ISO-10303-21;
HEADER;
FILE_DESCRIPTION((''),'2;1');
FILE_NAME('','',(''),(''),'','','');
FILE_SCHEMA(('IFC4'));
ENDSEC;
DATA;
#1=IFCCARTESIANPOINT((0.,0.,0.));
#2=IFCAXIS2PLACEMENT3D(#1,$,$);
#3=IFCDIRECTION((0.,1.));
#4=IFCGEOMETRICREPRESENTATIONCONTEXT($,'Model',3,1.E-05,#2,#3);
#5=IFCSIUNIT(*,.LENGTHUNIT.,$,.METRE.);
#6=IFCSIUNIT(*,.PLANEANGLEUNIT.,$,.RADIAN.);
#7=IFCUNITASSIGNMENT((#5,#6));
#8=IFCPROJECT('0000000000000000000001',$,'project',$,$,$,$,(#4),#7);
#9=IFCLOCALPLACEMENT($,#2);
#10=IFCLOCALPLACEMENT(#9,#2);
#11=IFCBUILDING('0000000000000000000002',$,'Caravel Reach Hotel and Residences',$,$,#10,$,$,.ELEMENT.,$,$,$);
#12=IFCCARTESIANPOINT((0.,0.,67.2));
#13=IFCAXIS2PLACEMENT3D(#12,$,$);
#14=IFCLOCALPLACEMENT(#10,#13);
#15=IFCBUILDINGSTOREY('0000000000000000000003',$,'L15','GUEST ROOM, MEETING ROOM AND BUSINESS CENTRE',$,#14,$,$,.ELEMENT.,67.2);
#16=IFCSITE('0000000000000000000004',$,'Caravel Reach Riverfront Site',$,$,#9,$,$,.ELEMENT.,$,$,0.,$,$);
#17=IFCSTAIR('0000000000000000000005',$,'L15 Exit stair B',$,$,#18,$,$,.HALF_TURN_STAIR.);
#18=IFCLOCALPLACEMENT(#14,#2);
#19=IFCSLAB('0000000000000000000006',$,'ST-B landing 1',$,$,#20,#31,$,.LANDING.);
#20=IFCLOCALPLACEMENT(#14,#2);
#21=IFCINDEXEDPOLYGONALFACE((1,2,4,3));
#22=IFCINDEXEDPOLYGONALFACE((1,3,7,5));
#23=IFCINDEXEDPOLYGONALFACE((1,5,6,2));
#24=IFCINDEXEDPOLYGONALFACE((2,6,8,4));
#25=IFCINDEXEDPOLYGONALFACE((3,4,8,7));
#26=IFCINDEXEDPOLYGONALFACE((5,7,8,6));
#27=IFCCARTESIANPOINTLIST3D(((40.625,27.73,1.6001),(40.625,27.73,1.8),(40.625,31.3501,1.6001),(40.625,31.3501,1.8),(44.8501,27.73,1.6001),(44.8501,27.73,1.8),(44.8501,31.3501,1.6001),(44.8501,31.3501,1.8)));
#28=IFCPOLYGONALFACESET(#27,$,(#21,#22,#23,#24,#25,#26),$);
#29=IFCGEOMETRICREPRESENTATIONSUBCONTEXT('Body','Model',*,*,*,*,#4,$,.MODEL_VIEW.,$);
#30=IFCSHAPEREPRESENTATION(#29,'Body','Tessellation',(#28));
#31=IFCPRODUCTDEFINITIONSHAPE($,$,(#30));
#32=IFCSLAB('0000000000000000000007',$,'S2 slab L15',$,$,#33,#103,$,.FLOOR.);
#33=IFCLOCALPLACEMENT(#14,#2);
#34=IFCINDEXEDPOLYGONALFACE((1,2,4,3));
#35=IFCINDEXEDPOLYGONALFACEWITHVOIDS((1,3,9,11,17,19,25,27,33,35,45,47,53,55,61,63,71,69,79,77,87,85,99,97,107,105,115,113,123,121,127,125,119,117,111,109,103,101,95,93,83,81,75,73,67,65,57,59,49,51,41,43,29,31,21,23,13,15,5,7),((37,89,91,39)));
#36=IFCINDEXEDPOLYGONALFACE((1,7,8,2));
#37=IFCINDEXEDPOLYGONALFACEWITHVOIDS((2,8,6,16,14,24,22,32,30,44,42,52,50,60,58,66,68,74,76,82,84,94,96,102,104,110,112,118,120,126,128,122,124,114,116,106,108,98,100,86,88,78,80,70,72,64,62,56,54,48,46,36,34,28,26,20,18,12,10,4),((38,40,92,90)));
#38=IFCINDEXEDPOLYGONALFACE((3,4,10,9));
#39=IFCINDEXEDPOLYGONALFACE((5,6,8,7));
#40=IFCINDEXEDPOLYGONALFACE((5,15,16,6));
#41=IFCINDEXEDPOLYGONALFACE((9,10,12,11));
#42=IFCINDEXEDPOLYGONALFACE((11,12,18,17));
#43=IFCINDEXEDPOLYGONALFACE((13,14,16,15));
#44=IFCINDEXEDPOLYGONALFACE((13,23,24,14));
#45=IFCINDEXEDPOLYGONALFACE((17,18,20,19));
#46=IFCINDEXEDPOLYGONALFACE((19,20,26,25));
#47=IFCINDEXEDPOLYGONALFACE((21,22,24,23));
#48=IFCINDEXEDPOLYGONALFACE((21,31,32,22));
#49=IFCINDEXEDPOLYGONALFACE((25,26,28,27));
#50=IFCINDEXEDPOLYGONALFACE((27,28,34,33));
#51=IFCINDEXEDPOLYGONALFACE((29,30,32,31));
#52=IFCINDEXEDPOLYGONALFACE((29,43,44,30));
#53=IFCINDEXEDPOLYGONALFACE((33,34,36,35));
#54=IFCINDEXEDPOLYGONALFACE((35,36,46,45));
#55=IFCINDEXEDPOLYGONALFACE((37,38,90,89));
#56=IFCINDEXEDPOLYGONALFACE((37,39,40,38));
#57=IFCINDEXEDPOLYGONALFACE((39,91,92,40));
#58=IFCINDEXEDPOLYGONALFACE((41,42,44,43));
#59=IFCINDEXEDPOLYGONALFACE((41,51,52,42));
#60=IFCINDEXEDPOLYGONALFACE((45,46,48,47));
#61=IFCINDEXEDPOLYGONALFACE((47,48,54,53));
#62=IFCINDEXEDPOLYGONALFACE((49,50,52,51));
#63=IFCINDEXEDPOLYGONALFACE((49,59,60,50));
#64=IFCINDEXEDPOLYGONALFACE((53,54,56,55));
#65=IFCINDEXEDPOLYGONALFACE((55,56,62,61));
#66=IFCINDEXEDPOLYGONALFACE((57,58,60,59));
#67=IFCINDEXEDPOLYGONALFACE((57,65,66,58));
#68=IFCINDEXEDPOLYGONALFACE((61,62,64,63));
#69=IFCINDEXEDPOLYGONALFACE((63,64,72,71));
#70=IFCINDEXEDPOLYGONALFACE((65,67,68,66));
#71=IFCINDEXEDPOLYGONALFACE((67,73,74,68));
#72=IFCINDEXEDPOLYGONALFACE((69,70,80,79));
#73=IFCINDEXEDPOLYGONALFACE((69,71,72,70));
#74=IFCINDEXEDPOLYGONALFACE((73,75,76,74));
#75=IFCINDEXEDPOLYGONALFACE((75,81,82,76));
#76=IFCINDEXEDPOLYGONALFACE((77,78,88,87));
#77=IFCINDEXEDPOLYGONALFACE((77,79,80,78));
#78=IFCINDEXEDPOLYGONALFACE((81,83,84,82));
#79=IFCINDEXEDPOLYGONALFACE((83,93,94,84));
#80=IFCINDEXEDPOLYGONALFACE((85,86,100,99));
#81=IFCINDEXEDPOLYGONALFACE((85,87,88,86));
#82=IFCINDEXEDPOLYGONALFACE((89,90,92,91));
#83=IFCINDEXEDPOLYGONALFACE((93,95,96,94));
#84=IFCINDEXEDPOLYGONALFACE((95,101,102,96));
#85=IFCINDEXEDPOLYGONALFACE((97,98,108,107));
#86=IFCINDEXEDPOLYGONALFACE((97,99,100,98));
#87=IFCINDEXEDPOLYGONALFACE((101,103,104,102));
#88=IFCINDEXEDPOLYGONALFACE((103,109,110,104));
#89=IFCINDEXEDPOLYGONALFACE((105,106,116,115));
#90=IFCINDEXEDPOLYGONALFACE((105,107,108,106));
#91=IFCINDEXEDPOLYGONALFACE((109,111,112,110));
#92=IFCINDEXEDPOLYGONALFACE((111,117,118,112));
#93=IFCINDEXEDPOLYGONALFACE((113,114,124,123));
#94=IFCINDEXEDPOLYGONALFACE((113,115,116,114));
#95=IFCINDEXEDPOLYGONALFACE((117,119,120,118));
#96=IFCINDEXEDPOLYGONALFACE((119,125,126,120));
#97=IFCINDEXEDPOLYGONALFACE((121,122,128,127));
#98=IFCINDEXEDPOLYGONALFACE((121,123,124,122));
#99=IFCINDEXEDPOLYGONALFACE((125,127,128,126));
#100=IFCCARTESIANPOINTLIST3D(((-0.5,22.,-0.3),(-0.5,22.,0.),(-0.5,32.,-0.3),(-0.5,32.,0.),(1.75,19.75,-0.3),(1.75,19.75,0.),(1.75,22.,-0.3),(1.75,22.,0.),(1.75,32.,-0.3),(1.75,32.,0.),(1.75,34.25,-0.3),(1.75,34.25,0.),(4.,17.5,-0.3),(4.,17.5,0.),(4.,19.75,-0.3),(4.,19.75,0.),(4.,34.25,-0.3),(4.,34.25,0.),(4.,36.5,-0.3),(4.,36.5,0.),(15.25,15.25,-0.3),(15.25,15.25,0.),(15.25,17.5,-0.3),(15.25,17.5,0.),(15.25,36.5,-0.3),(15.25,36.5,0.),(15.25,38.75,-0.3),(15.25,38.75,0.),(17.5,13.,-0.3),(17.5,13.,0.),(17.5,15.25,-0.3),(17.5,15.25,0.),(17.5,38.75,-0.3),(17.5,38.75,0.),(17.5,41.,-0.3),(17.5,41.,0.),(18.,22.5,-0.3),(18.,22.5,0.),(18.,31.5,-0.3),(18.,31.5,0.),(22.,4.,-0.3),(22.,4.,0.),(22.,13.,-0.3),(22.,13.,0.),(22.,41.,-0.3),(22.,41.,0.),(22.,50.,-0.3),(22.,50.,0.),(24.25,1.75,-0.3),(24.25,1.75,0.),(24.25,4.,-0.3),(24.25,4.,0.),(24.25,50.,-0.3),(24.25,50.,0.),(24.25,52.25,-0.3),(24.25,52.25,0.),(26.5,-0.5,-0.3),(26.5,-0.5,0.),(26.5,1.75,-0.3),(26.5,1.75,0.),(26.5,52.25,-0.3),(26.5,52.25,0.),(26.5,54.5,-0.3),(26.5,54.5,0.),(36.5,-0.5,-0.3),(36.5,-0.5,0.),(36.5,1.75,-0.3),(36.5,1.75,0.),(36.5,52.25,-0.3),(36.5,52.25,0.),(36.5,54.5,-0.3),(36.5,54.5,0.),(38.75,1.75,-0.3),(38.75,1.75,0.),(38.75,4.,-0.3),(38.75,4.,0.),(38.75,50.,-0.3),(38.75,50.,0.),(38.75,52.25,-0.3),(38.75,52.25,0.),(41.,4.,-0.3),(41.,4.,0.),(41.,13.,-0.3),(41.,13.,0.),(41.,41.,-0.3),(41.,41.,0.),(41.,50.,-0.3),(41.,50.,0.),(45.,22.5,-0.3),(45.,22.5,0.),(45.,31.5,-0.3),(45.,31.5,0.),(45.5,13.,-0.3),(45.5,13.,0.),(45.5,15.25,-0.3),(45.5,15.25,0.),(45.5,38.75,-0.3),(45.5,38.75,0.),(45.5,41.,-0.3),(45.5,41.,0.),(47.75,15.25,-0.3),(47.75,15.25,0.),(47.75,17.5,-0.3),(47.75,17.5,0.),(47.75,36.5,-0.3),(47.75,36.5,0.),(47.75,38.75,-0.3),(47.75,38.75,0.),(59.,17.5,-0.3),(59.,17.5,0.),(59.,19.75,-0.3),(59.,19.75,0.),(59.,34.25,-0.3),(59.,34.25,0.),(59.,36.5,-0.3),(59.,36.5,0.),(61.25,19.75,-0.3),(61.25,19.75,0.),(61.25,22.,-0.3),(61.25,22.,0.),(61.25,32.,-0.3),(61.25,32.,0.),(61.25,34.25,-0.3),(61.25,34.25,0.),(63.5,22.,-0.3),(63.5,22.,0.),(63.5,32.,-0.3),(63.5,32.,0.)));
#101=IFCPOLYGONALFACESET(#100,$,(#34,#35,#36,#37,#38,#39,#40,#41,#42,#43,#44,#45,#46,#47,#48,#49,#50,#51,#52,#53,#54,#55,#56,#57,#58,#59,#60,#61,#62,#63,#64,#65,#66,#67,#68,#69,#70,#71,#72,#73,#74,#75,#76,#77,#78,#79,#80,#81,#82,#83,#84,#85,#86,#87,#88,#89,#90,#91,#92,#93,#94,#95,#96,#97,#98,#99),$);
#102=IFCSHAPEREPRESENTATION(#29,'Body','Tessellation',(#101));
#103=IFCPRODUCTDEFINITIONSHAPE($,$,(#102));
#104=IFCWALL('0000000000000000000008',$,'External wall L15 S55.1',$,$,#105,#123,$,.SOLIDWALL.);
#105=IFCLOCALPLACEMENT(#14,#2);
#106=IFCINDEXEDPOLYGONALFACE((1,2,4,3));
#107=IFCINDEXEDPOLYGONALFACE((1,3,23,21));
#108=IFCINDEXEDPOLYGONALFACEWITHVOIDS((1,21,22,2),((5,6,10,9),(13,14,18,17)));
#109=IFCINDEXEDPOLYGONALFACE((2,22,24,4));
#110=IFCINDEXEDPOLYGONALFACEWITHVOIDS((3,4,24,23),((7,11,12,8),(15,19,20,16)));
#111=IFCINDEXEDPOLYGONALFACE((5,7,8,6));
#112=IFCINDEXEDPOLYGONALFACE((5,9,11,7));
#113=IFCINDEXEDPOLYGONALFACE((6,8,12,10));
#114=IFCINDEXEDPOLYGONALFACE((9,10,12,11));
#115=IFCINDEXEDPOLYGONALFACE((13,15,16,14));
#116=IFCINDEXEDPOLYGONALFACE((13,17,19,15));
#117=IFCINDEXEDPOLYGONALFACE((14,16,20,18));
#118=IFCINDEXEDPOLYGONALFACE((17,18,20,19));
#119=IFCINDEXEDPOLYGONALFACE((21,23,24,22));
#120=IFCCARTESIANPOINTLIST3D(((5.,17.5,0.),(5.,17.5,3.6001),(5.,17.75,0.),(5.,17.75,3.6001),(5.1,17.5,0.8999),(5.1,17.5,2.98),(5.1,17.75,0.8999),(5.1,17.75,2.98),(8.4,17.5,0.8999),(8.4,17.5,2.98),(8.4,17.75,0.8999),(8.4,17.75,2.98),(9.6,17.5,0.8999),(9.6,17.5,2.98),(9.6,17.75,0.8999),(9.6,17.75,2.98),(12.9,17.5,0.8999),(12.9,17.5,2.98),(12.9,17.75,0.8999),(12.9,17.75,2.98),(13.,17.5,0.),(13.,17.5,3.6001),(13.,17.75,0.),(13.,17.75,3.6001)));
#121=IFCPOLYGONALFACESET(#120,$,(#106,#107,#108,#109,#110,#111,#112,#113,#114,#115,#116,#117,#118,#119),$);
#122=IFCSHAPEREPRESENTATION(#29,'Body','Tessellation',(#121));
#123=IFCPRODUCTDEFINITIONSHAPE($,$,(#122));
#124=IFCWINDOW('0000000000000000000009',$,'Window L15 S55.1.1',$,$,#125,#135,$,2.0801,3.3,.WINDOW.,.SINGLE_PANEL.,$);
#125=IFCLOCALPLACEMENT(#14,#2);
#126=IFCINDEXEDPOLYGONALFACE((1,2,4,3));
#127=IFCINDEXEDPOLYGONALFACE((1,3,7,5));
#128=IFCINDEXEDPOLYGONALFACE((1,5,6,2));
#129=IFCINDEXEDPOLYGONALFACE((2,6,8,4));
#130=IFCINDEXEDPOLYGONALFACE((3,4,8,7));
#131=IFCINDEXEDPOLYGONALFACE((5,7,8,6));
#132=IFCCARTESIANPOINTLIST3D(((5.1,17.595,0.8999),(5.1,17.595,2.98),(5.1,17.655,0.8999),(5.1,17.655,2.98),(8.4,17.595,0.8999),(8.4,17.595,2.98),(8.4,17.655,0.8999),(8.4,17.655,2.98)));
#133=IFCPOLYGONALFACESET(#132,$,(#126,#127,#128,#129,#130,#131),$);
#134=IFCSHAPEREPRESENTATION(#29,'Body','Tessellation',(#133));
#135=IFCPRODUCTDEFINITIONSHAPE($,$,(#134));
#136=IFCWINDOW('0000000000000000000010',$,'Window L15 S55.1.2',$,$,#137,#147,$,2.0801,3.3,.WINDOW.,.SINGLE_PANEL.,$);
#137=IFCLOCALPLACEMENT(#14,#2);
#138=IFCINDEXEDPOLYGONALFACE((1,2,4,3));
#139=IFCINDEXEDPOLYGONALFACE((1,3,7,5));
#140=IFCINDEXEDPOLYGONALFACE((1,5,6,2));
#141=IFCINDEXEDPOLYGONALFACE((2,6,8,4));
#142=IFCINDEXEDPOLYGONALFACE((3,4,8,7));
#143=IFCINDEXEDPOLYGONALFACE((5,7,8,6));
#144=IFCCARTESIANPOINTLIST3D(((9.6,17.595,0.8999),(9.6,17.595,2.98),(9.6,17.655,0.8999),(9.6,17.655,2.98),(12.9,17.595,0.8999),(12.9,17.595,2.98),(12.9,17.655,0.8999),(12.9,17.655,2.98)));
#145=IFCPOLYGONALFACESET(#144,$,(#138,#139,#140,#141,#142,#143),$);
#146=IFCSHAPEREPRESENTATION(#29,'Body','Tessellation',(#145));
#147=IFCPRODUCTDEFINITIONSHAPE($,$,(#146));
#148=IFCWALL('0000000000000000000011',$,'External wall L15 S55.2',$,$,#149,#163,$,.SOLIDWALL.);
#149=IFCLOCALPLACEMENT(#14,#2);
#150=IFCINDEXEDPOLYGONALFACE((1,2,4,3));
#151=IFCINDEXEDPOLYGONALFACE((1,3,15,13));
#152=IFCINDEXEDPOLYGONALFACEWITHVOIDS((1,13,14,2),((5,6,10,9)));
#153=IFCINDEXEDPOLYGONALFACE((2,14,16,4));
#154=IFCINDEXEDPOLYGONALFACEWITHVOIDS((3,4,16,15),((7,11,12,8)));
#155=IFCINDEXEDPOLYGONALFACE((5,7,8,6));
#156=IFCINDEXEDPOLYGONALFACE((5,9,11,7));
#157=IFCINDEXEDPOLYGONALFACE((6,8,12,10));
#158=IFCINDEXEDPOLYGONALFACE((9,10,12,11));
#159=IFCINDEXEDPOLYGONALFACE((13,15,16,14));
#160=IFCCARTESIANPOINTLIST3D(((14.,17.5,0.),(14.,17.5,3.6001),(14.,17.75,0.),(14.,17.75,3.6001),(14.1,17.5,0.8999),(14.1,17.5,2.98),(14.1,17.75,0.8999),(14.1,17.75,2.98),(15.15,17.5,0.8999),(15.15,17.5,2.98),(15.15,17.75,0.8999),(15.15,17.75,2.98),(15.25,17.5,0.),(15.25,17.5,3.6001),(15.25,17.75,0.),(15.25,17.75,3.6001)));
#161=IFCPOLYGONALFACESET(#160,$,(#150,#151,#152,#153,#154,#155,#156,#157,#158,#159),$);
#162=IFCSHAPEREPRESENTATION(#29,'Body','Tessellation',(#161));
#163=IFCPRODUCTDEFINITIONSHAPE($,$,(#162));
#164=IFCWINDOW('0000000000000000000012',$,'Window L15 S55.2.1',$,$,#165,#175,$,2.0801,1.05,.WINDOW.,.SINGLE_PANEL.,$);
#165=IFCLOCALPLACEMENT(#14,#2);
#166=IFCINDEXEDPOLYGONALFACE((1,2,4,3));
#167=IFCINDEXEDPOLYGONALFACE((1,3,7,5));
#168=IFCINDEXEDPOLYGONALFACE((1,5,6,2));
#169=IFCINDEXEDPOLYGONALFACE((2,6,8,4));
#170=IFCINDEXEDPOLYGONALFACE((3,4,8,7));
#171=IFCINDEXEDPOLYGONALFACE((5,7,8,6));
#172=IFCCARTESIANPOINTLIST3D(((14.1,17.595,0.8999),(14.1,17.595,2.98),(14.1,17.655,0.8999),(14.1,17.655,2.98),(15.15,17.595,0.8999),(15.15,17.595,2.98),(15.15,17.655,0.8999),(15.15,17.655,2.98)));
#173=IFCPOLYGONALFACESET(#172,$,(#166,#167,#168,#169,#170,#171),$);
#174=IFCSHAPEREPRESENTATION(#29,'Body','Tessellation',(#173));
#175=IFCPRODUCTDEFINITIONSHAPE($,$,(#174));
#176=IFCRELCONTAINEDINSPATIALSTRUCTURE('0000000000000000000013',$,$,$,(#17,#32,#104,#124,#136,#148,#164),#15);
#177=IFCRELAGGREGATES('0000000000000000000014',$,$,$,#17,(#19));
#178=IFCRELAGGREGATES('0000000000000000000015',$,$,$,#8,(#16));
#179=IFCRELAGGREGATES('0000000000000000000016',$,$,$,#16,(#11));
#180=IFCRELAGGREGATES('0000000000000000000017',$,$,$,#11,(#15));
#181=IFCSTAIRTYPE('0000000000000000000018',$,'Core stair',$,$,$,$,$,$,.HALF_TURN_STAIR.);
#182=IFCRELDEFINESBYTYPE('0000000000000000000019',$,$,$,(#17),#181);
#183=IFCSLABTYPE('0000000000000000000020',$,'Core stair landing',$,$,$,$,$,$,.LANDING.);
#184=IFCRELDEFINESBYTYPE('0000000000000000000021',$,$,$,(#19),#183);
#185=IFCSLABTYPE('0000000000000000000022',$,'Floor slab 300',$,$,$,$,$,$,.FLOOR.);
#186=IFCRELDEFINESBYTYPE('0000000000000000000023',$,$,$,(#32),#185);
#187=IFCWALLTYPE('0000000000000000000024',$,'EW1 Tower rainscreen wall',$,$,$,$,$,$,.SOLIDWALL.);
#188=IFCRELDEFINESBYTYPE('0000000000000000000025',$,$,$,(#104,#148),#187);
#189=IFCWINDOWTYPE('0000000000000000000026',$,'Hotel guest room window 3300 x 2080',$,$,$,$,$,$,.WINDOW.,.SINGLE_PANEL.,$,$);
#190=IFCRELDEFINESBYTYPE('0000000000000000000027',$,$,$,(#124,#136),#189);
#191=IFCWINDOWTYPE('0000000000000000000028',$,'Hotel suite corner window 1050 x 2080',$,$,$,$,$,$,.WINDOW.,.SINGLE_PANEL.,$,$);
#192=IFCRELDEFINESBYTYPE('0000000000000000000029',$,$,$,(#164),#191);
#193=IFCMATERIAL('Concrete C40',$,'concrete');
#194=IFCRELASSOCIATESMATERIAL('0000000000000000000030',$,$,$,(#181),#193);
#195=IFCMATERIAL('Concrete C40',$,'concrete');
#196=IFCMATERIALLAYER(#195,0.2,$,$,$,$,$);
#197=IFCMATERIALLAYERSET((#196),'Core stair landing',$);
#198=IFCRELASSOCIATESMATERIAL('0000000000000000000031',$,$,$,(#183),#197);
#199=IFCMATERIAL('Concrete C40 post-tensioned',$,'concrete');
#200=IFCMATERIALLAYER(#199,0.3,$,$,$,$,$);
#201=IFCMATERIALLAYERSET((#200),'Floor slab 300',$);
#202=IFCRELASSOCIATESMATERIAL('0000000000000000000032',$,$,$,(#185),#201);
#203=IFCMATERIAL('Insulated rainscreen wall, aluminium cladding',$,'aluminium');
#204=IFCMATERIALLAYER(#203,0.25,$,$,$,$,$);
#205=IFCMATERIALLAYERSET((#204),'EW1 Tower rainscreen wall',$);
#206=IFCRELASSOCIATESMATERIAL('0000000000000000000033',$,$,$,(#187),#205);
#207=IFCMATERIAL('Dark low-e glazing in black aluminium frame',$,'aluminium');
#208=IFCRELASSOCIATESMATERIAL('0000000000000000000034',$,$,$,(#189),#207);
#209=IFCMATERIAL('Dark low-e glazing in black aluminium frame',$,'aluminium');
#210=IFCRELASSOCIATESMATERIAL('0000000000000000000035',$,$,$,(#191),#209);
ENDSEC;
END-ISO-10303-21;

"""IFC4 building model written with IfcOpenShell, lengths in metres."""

from ifc_helpers import new_model, si_unit, direction, frame, frame_2d, origin, place, context, subcontext, project, spatial, polyline, rectangle, outline, extrude, material, layer, layer_set, type_object, element, fill, aggregate, save


model = new_model("IFC4")

# Units and contexts
model_context = context("Model", 3, precision=1e-05, world=origin(), true_north=direction((0.0, 1.0)))
body_context = subcontext(model_context, "Body", "Model", "MODEL_VIEW")
ifc_project = project(units=[si_unit("LENGTHUNIT", "METRE"), si_unit("PLANEANGLEUNIT", "RADIAN")], contexts=[model_context])

# Site, building, storey
site_placement = place(None, origin())
site = spatial("IfcSite", under=ifc_project, at=site_placement, Name="Caravel Reach Riverfront Site", CompositionType="ELEMENT", RefElevation=0.0)
building_placement = place(site_placement, origin())
building = spatial("IfcBuilding", under=site, at=building_placement, Name="Caravel Reach Hotel and Residences", CompositionType="ELEMENT")
storey_placement = place(building_placement, frame((0.0, 0.0, 67.2)))
storey = spatial("IfcBuildingStorey", under=building, at=storey_placement, Name="L15", Description="GUEST ROOM, MEETING ROOM AND BUSINESS CENTRE", CompositionType="ELEMENT", Elevation=67.2)

# Stair, slab
ifc_material_1 = material(Name="Concrete C40", Category="concrete")
stair_type = type_object("IfcStairType", Name="Core stair", PredefinedType="HALF_TURN_STAIR", material=ifc_material_1)
ifc_material_2 = material(Name="Concrete C40", Category="concrete")
ifc_layer_1 = layer(ifc_material_2, 0.2)
ifc_layer_set_1 = layer_set([ifc_layer_1], Name="Core stair landing")
slab_type_1 = type_object("IfcSlabType", Name="Core stair landing", PredefinedType="LANDING", material=ifc_layer_set_1)
stair_1_placement = place(storey_placement, origin())
stair_1 = element("IfcStair", 1, at=stair_1_placement, inside=storey, type_object=stair_type, Name="L15 Exit stair B", PredefinedType="HALF_TURN_STAIR")
slab_1_placement = place(storey_placement, frame((0.0, 0.0, 1.6001)))
slab_1 = element("IfcSlab", 2, at=slab_1_placement, type_object=slab_type_1, Name="ST-B landing 1", PredefinedType="LANDING", context=body_context, shape_type="SweptSolid", body=[
    extrude(outline(polyline([(44.8501, 27.73), (44.8501, 31.3501), (40.625, 31.3501), (40.625, 27.73), (44.8501, 27.73)])), origin(), (0.0, 0.0, 1.0), 0.2),
])
aggregate(stair_1, [slab_1])

# Slab
ifc_material_3 = material(Name="Concrete C40 post-tensioned", Category="concrete")
ifc_layer_2 = layer(ifc_material_3, 0.3)
ifc_layer_set_2 = layer_set([ifc_layer_2], Name="Floor slab 300")
slab_type_2 = type_object("IfcSlabType", Name="Floor slab 300", PredefinedType="FLOOR", material=ifc_layer_set_2)
slab_2_placement = place(storey_placement, frame((0.0, 0.0, -0.3)))
element("IfcSlab", 3, at=slab_2_placement, inside=storey, type_object=slab_type_2, Name="S2 slab L15", PredefinedType="FLOOR", context=body_context, shape_type="SweptSolid", body=[
    extrude(outline(polyline([(17.5, 13.0), (17.5, 15.25), (15.25, 15.25), (15.25, 17.5), (4.0, 17.5), (4.0, 19.75), (1.75, 19.75), (1.75, 22.0), (-0.5, 22.0), (-0.5, 32.0), (1.75, 32.0), (1.75, 34.25), (4.0, 34.25), (4.0, 36.5), (15.25, 36.5), (15.25, 38.75), (17.5, 38.75), (17.5, 41.0), (22.0, 41.0), (22.0, 50.0), (24.25, 50.0), (24.25, 52.25), (26.5, 52.25), (26.5, 54.5), (36.5, 54.5), (36.5, 52.25), (38.75, 52.25), (38.75, 50.0), (41.0, 50.0), (41.0, 41.0), (45.5, 41.0), (45.5, 38.75), (47.75, 38.75), (47.75, 36.5), (59.0, 36.5), (59.0, 34.25), (61.25, 34.25), (61.25, 32.0), (63.5, 32.0), (63.5, 22.0), (61.25, 22.0), (61.25, 19.75), (59.0, 19.75), (59.0, 17.5), (47.75, 17.5), (47.75, 15.25), (45.5, 15.25), (45.5, 13.0), (41.0, 13.0), (41.0, 4.0), (38.75, 4.0), (38.75, 1.75), (36.5, 1.75), (36.5, -0.5), (26.5, -0.5), (26.5, 1.75), (24.25, 1.75), (24.25, 4.0), (22.0, 4.0), (22.0, 13.0), (17.5, 13.0)]), holes=[polyline([(45.0, 31.5), (18.0, 31.5), (18.0, 22.5), (45.0, 22.5), (45.0, 31.5)])]), origin(), (0.0, 0.0, 1.0), 0.3),
])

# Wall, openings, windows
ifc_material_4 = material(Name="Insulated rainscreen wall, aluminium cladding", Category="aluminium")
ifc_layer_3 = layer(ifc_material_4, 0.25)
ifc_layer_set_3 = layer_set([ifc_layer_3], Name="EW1 Tower rainscreen wall")
wall_type_1 = type_object("IfcWallType", Name="EW1 Tower rainscreen wall", PredefinedType="SOLIDWALL", material=ifc_layer_set_3)
wall_1_placement = place(storey_placement, frame((5.0, 17.625, 0.0), z_axis=(0.0, 0.0, 1.0), x_axis=(1.0, 0.0, 0.0)))
wall_1 = element("IfcWall", 4, at=wall_1_placement, inside=storey, type_object=wall_type_1, Name="External wall L15 S55.1", PredefinedType="SOLIDWALL", context=body_context, shape_type="SweptSolid", body=[
    extrude(rectangle(XDim=8.0, YDim=0.25, at=frame_2d((4.0, 0.0))), origin(), (0.0, 0.0, 1.0), 3.6001),
])
opening_1_placement = place(wall_1_placement, frame((0.1001, 0.0, 0.8999)))
opening_1 = element("IfcOpeningElement", 5, at=opening_1_placement, cuts=wall_1, PredefinedType="OPENING", context=body_context, shape_type="SweptSolid", body=[
    extrude(rectangle(XDim=3.3, YDim=2.0801, at=frame_2d((1.6499, 1.04))), frame((0.0, 0.135, 0.0), z_axis=(0.0, -1.0, 0.0), x_axis=(1.0, 0.0, 0.0)), (0.0, 0.0, 1.0), 0.27),
])
opening_2_placement = place(wall_1_placement, frame((4.6001, 0.0, 0.8999)))
opening_2 = element("IfcOpeningElement", 6, at=opening_2_placement, cuts=wall_1, PredefinedType="OPENING", context=body_context, shape_type="SweptSolid", body=[
    extrude(rectangle(XDim=3.3, YDim=2.0801, at=frame_2d((1.6499, 1.04))), frame((0.0, 0.135, 0.0), z_axis=(0.0, -1.0, 0.0), x_axis=(1.0, 0.0, 0.0)), (0.0, 0.0, 1.0), 0.27),
])
ifc_material_5 = material(Name="Dark low-e glazing in black aluminium frame", Category="aluminium")
window_type_1 = type_object("IfcWindowType", Name="Hotel guest room window 3300 x 2080", PartitioningType="SINGLE_PANEL", PredefinedType="WINDOW", material=ifc_material_5)
window_1_placement = place(opening_1_placement, origin())
window_1 = element("IfcWindow", 7, at=window_1_placement, inside=storey, type_object=window_type_1, Name="Window L15 S55.1.1", OverallHeight=2.0801, OverallWidth=3.3, PartitioningType="SINGLE_PANEL", PredefinedType="WINDOW", context=body_context, shape_type="SweptSolid", body=[
    extrude(rectangle(XDim=3.3, YDim=2.0801, at=frame_2d((1.6499, 1.04))), frame((0.0, 0.03, 0.0), z_axis=(0.0, -1.0, 0.0), x_axis=(1.0, 0.0, 0.0)), (0.0, 0.0, 1.0), 0.0601),
])
fill(opening_1, window_1)
window_2_placement = place(opening_2_placement, origin())
window_2 = element("IfcWindow", 8, at=window_2_placement, inside=storey, type_object=window_type_1, Name="Window L15 S55.1.2", OverallHeight=2.0801, OverallWidth=3.3, PartitioningType="SINGLE_PANEL", PredefinedType="WINDOW", context=body_context, shape_type="SweptSolid", body=[
    extrude(rectangle(XDim=3.3, YDim=2.0801, at=frame_2d((1.6499, 1.04))), frame((0.0, 0.03, 0.0), z_axis=(0.0, -1.0, 0.0), x_axis=(1.0, 0.0, 0.0)), (0.0, 0.0, 1.0), 0.0601),
])
fill(opening_2, window_2)

# Wall, opening, window
wall_2_placement = place(storey_placement, frame((14.0, 17.625, 0.0), z_axis=(0.0, 0.0, 1.0), x_axis=(1.0, 0.0, 0.0)))
wall_2 = element("IfcWall", 9, at=wall_2_placement, inside=storey, type_object=wall_type_1, Name="External wall L15 S55.2", PredefinedType="SOLIDWALL", context=body_context, shape_type="SweptSolid", body=[
    extrude(rectangle(XDim=1.25, YDim=0.25, at=frame_2d((0.625, 0.0))), origin(), (0.0, 0.0, 1.0), 3.6001),
])
opening_3_placement = place(wall_2_placement, frame((0.1001, 0.0, 0.8999)))
opening_3 = element("IfcOpeningElement", 10, at=opening_3_placement, cuts=wall_2, PredefinedType="OPENING", context=body_context, shape_type="SweptSolid", body=[
    extrude(rectangle(XDim=1.05, YDim=2.0801, at=frame_2d((0.5249, 1.04))), frame((0.0, 0.135, 0.0), z_axis=(0.0, -1.0, 0.0), x_axis=(1.0, 0.0, 0.0)), (0.0, 0.0, 1.0), 0.27),
])
ifc_material_6 = material(Name="Dark low-e glazing in black aluminium frame", Category="aluminium")
window_type_2 = type_object("IfcWindowType", Name="Hotel suite corner window 1050 x 2080", PartitioningType="SINGLE_PANEL", PredefinedType="WINDOW", material=ifc_material_6)
window_3_placement = place(opening_3_placement, origin())
window_3 = element("IfcWindow", 11, at=window_3_placement, inside=storey, type_object=window_type_2, Name="Window L15 S55.2.1", OverallHeight=2.0801, OverallWidth=1.05, PartitioningType="SINGLE_PANEL", PredefinedType="WINDOW", context=body_context, shape_type="SweptSolid", body=[
    extrude(rectangle(XDim=1.05, YDim=2.0801, at=frame_2d((0.5249, 1.04))), frame((0.0, 0.03, 0.0), z_axis=(0.0, -1.0, 0.0), x_axis=(1.0, 0.0, 0.0)), (0.0, 0.0, 1.0), 0.0601),
])
fill(opening_3, window_3)

save(model, "model.ifc")
